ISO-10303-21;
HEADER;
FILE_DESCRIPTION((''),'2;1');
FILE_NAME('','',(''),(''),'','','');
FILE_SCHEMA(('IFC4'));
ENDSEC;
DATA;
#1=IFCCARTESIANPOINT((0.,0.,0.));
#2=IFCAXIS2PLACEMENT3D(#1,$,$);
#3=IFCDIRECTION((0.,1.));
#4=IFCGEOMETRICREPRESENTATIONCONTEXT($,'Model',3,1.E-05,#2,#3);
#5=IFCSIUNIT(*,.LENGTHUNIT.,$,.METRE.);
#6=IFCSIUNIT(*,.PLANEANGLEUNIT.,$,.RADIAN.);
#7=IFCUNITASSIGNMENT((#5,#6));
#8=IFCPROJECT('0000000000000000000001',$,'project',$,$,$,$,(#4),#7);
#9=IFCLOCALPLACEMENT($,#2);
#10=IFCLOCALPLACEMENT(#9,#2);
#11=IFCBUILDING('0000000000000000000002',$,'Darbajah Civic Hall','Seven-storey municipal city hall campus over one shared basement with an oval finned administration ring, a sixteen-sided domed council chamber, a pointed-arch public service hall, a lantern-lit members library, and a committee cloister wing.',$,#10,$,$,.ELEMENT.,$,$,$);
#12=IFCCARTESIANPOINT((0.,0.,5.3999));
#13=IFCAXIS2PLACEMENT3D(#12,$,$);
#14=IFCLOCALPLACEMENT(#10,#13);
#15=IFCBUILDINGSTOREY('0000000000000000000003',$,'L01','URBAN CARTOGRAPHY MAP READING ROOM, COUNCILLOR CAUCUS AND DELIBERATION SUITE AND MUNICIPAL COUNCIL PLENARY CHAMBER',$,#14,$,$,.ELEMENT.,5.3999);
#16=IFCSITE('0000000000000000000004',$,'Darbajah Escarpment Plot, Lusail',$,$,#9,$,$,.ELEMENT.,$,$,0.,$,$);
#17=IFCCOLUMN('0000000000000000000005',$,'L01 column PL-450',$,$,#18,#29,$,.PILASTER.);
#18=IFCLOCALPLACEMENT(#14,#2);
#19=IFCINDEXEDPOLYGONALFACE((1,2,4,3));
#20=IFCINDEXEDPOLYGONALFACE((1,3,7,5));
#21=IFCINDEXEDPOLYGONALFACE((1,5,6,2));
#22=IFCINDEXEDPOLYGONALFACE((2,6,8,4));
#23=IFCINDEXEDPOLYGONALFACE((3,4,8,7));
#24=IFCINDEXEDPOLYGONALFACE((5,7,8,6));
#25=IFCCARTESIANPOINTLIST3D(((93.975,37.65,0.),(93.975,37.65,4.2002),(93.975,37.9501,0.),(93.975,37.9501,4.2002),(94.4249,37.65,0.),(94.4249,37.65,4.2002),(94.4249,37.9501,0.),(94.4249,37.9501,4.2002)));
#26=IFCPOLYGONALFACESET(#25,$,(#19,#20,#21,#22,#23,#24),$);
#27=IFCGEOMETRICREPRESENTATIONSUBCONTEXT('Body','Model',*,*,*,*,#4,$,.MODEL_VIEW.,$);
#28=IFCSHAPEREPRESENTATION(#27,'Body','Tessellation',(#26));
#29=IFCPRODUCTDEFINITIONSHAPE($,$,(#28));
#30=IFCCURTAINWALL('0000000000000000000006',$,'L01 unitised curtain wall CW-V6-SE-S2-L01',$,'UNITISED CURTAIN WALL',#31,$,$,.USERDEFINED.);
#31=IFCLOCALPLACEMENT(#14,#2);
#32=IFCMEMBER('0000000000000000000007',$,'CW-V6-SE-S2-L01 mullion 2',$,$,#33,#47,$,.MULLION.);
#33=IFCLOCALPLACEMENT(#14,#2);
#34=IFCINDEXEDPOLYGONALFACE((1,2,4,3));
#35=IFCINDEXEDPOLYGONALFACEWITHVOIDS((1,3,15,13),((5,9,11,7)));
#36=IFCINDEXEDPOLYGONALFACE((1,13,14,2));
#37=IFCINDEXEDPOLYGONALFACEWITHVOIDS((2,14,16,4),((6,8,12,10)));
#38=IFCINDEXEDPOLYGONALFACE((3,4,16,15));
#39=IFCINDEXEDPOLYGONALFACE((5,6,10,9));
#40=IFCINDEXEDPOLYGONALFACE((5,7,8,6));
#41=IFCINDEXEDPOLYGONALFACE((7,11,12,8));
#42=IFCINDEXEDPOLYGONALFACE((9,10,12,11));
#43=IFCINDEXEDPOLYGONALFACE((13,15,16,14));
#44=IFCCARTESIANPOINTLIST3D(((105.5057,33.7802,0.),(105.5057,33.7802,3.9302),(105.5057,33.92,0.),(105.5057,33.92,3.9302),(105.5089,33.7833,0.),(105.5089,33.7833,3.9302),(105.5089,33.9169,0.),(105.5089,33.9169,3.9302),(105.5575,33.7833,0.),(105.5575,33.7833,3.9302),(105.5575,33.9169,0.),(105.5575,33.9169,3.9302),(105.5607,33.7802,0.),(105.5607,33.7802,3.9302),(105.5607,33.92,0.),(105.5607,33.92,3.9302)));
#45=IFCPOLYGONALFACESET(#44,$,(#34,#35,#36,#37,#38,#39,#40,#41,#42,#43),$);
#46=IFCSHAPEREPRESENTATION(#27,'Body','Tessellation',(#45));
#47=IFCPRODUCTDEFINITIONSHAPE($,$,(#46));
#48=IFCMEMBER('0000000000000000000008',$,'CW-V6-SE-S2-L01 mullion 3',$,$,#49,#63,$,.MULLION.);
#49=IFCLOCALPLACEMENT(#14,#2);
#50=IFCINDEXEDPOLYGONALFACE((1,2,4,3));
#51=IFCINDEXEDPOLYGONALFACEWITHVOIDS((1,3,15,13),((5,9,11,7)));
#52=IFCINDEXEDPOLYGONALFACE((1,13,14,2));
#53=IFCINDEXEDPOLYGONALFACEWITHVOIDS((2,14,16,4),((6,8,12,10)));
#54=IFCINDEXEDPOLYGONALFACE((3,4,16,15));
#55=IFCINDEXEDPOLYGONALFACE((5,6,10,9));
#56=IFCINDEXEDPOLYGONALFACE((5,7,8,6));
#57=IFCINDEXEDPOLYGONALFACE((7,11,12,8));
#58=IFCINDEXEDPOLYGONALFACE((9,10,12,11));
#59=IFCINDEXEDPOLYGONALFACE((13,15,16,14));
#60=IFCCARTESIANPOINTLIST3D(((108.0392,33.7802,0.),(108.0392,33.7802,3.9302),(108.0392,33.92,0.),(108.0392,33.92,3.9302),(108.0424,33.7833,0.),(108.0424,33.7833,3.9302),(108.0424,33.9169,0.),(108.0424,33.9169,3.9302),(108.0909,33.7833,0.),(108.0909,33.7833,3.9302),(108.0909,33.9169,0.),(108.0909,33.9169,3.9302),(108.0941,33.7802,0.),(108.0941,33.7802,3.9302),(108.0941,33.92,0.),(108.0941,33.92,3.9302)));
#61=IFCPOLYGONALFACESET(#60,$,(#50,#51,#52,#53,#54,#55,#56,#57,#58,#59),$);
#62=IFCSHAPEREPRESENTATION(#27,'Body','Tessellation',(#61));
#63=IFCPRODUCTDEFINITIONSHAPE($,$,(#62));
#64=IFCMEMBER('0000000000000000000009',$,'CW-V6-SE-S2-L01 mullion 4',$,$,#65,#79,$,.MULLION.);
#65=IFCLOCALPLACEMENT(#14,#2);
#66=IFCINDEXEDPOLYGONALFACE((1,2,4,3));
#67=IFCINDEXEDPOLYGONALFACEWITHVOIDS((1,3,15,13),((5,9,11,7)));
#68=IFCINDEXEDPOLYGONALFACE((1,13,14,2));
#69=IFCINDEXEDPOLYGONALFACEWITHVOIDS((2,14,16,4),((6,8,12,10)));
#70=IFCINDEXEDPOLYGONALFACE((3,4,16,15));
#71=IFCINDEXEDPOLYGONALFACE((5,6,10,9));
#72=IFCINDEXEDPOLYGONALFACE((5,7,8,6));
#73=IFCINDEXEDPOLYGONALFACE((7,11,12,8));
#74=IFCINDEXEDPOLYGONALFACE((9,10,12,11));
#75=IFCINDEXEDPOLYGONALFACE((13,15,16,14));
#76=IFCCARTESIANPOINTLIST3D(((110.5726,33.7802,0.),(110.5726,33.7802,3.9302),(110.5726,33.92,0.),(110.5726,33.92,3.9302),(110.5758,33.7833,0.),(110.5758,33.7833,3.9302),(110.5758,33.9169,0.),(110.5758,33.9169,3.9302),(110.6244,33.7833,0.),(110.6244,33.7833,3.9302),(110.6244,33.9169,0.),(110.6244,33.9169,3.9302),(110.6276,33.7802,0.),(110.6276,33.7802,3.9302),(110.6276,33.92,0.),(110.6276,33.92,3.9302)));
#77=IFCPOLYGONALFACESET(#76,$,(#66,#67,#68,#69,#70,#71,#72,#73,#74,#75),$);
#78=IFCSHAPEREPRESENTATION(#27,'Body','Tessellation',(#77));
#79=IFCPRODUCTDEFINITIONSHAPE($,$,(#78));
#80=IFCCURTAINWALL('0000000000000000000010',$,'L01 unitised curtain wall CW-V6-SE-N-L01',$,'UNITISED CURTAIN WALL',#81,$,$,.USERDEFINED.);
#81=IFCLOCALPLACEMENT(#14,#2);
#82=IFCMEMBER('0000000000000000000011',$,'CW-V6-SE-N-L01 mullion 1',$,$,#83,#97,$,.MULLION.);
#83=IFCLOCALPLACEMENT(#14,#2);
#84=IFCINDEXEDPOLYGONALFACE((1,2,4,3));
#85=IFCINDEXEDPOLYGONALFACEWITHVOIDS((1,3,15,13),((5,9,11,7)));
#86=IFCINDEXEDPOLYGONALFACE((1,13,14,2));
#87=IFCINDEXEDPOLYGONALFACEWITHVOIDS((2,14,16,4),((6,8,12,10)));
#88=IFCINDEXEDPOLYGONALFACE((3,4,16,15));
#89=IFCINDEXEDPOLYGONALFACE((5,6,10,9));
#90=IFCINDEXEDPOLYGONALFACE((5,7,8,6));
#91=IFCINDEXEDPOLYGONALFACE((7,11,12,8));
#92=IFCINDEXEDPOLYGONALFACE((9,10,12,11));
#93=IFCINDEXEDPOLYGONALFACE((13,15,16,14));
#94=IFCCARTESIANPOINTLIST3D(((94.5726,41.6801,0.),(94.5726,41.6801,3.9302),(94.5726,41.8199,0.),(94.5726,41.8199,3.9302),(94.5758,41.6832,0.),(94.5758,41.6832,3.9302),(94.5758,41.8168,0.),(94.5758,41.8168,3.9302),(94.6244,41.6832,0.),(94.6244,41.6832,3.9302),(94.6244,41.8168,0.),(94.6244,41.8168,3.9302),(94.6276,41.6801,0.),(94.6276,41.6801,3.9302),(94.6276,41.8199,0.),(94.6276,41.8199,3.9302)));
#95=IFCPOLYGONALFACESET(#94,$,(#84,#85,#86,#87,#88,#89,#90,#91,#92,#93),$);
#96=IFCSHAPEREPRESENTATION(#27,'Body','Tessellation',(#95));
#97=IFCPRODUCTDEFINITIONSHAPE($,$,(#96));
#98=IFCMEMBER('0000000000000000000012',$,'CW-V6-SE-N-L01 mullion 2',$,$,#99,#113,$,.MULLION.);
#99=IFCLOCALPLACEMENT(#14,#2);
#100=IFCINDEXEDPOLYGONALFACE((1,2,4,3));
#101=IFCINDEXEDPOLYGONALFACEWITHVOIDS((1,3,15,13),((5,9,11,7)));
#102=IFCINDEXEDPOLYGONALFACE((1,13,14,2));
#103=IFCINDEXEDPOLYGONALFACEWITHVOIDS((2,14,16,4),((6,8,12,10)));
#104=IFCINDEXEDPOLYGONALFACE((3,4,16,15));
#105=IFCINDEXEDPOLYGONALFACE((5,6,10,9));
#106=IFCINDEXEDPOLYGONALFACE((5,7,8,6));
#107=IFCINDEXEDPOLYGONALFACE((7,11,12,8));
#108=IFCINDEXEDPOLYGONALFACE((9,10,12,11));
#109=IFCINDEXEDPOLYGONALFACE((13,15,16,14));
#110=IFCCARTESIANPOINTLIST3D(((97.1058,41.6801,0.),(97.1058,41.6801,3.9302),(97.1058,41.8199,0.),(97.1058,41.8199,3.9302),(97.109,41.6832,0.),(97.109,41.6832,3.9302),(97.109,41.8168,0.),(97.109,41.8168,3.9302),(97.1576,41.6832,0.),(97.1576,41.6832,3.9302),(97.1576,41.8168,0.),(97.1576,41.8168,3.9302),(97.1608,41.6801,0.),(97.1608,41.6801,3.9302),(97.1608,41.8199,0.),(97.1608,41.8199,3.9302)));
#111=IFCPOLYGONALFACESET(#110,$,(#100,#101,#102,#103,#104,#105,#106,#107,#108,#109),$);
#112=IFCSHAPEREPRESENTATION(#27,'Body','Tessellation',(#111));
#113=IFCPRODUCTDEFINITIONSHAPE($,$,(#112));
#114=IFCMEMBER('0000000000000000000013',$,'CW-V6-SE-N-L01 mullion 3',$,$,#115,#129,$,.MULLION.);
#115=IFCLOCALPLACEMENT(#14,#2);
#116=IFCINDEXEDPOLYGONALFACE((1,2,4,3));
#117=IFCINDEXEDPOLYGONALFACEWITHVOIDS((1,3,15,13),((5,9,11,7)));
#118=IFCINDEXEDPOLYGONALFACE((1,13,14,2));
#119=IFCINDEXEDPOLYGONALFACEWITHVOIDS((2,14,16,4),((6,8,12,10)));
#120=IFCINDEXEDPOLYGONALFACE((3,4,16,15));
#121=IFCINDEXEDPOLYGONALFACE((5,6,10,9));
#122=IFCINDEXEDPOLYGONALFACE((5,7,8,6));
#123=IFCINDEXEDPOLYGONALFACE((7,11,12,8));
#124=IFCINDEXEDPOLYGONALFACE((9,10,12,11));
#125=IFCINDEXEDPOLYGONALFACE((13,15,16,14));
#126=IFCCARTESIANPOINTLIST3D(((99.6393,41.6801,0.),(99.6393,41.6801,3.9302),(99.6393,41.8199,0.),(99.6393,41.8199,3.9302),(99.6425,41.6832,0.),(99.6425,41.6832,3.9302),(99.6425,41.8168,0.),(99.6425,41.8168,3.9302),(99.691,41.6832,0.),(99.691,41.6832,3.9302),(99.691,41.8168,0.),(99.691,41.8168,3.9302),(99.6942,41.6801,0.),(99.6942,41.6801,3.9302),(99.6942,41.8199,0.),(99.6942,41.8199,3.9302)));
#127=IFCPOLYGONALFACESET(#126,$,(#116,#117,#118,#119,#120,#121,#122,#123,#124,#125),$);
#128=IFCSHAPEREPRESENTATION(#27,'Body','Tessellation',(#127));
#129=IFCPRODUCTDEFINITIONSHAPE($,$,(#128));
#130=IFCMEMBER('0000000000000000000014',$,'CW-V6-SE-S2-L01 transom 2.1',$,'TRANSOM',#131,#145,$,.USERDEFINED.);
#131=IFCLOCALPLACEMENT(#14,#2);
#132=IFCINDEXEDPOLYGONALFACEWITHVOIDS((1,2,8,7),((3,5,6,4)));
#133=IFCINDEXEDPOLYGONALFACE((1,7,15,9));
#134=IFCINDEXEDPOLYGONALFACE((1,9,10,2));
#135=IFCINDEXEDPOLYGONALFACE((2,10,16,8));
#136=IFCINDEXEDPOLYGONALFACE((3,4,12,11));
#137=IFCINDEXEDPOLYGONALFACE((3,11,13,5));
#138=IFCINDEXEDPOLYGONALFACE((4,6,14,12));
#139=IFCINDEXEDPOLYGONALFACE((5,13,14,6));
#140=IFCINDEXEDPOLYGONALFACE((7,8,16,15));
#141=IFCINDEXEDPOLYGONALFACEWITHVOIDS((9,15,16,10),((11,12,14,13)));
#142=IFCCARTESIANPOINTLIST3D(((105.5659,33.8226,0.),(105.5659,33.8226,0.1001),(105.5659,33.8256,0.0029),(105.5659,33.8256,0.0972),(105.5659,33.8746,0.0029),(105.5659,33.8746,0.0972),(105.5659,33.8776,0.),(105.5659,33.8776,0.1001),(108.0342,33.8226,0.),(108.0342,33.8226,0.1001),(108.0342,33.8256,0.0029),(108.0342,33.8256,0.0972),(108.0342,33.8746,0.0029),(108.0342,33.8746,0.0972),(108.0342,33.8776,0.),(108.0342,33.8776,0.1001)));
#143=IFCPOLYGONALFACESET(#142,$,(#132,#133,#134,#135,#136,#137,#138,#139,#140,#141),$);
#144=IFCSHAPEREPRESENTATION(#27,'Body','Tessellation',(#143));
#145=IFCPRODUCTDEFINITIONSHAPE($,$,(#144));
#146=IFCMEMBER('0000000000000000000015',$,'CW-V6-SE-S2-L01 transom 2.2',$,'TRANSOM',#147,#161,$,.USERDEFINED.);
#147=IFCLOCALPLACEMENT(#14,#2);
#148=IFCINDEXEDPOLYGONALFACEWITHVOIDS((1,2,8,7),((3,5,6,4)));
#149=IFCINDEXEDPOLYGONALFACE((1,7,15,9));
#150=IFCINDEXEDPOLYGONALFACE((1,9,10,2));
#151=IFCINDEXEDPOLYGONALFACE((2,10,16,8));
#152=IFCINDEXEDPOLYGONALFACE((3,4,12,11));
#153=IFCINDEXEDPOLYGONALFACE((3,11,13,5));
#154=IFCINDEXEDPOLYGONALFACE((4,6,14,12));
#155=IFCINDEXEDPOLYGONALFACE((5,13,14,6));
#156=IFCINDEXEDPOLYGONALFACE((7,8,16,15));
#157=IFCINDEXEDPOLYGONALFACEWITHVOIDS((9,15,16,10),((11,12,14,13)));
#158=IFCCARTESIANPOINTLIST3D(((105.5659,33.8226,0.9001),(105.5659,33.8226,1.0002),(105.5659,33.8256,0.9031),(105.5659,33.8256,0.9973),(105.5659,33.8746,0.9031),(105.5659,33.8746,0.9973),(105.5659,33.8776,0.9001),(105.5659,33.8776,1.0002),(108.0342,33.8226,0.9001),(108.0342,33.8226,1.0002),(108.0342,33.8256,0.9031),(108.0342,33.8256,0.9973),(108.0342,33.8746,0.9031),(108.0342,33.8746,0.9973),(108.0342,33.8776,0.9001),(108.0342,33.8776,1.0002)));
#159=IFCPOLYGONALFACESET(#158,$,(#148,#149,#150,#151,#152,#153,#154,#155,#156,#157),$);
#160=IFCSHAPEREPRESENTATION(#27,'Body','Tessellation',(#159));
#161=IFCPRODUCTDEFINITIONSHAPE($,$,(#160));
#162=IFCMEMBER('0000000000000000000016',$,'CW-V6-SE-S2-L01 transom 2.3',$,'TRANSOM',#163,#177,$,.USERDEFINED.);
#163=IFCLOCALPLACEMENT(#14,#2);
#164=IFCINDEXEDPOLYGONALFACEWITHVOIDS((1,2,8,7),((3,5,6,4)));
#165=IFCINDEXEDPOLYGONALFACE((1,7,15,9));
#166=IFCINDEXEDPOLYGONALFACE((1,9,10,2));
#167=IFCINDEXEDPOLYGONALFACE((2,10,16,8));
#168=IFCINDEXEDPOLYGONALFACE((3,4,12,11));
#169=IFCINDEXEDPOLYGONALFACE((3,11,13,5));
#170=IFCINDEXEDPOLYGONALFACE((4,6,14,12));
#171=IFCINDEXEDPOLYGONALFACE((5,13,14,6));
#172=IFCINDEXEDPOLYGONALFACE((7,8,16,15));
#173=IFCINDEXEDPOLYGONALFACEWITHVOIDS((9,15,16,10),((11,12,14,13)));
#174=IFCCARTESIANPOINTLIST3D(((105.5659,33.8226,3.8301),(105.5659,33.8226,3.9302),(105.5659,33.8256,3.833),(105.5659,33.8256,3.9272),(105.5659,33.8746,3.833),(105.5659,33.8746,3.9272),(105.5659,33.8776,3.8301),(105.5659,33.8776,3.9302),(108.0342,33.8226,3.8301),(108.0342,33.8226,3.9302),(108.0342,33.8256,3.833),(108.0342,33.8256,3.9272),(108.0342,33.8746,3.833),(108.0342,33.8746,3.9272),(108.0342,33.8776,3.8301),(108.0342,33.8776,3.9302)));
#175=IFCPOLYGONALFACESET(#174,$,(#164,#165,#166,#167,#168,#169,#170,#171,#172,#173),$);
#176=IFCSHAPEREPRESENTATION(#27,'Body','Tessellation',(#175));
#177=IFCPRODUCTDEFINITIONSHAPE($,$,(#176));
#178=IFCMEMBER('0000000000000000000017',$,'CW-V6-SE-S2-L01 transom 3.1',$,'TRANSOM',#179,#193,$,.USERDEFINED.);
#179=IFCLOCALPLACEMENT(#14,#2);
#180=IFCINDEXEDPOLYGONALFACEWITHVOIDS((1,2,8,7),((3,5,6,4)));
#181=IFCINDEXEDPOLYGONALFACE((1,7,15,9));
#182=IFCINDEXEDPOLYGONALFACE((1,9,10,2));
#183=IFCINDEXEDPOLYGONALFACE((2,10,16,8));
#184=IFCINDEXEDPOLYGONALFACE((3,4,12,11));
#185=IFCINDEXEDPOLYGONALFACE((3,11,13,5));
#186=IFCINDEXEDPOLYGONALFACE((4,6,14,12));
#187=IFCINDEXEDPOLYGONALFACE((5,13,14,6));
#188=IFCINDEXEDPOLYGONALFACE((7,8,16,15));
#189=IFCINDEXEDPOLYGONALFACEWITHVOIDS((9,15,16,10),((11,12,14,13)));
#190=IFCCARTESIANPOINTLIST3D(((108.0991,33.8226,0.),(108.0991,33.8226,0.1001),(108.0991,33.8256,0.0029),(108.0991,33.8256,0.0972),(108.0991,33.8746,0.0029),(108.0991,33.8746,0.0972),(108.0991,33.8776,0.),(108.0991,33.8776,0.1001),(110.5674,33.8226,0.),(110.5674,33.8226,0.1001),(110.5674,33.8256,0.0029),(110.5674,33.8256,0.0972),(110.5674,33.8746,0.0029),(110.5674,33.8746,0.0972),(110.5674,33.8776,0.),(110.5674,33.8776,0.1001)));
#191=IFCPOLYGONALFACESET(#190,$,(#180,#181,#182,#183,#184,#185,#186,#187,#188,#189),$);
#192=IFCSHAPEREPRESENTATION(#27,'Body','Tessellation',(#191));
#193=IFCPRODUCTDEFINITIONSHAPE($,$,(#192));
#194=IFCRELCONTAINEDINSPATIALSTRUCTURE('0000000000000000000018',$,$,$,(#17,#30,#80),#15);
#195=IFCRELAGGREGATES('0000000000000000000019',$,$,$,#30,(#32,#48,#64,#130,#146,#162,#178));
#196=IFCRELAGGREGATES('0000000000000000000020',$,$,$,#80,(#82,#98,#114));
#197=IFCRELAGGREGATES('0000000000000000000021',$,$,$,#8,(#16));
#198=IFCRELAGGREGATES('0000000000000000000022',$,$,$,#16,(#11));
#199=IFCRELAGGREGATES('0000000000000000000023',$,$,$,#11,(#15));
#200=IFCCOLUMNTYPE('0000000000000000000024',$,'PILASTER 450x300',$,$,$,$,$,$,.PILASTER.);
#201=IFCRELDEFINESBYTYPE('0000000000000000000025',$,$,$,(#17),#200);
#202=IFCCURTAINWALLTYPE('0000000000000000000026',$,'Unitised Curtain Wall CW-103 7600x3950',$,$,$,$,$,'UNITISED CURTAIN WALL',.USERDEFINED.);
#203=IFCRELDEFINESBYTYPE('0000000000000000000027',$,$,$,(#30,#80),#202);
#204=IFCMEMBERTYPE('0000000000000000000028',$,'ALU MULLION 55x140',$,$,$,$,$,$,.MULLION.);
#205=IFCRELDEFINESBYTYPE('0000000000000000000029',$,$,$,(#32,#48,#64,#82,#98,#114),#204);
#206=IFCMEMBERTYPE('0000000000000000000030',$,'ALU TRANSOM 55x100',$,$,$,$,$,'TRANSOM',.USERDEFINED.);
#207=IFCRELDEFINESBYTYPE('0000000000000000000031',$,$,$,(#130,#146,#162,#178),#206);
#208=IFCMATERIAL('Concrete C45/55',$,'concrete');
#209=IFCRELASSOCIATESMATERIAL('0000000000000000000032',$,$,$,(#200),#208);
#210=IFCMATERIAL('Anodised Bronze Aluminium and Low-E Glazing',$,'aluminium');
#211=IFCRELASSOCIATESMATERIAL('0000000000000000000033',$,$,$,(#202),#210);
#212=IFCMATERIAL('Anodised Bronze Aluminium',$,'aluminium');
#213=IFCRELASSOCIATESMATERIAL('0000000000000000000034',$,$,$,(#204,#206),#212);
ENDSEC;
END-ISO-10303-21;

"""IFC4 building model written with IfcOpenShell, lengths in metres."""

from ifc_helpers import new_model, si_unit, direction, frame, origin, origin_2d, place, context, subcontext, project, spatial, rectangle, hollow_rectangle, extrude, material, material_profile, profile_set, type_object, element, aggregate, save


model = new_model("IFC4")

# Units and contexts
model_context = context("Model", 3, precision=1e-05, world=origin(), true_north=direction((0.0, 1.0)))
body_context = subcontext(model_context, "Body", "Model", "MODEL_VIEW")
ifc_project = project(units=[si_unit("LENGTHUNIT", "METRE"), si_unit("PLANEANGLEUNIT", "RADIAN")], contexts=[model_context])

# Site, building, storey
site_placement = place(None, origin())
site = spatial("IfcSite", under=ifc_project, at=site_placement, Name="Darbajah Escarpment Plot, Lusail", CompositionType="ELEMENT", RefElevation=0.0)
building_placement = place(site_placement, origin())
building = spatial("IfcBuilding", under=site, at=building_placement, Name="Darbajah Civic Hall", Description="Seven-storey municipal city hall campus over one shared basement with an oval finned administration ring, a sixteen-sided domed council chamber, a pointed-arch public service hall, a lantern-lit members library, and a committee cloister wing.", CompositionType="ELEMENT")
storey_placement = place(building_placement, frame((0.0, 0.0, 5.3999)))
storey = spatial("IfcBuildingStorey", under=building, at=storey_placement, Name="L01", Description="URBAN CARTOGRAPHY MAP READING ROOM, COUNCILLOR CAUCUS AND DELIBERATION SUITE AND MUNICIPAL COUNCIL PLENARY CHAMBER", CompositionType="ELEMENT", Elevation=5.3999)

# Column
ifc_material_1 = material(Name="Concrete C45/55", Category="concrete")
ifc_material_profile_1 = material_profile(ifc_material_1, rectangle(XDim=0.45, YDim=0.3, at=origin_2d()), Name="PILASTER 450x300")
ifc_profile_set_1 = profile_set([ifc_material_profile_1], Name="Concrete C45/55")
column_type = type_object("IfcColumnType", Name="PILASTER 450x300", PredefinedType="PILASTER", material=ifc_profile_set_1)
column_placement = place(storey_placement, frame((94.2, 37.8, 0.0), z_axis=(0.0, 0.0, 1.0), x_axis=(1.0, 0.0, 0.0)))
element("IfcColumn", 1, at=column_placement, inside=storey, type_object=column_type, Name="L01 column PL-450", PredefinedType="PILASTER", context=body_context, shape_type="SweptSolid", body=[
    extrude(rectangle(XDim=0.45, YDim=0.3, at=origin_2d()), origin(), (0.0, 0.0, 1.0), 4.2002),
])

# Curtain walls, members
ifc_material_2 = material(Name="Anodised Bronze Aluminium and Low-E Glazing", Category="aluminium")
curtain_wall_type = type_object("IfcCurtainWallType", Name="Unitised Curtain Wall CW-103 7600x3950", ElementType="UNITISED CURTAIN WALL", PredefinedType="USERDEFINED", material=ifc_material_2)
curtain_wall_1_placement = place(storey_placement, origin())
curtain_wall_1 = element("IfcCurtainWall", 2, at=curtain_wall_1_placement, inside=storey, type_object=curtain_wall_type, Name="L01 unitised curtain wall CW-V6-SE-S2-L01", ObjectType="UNITISED CURTAIN WALL", PredefinedType="USERDEFINED")
ifc_material_3 = material(Name="Anodised Bronze Aluminium", Category="aluminium")
ifc_material_profile_2 = material_profile(ifc_material_3, hollow_rectangle(XDim=0.0549, YDim=0.1399, WallThickness=0.0032, at=origin_2d()), Name="ALU MULLION 55x140")
ifc_profile_set_2 = profile_set([ifc_material_profile_2], Name="Anodised Bronze Aluminium")
member_type_1 = type_object("IfcMemberType", Name="ALU MULLION 55x140", PredefinedType="MULLION", material=ifc_profile_set_2)
member_1_placement = place(storey_placement, frame((105.5332, 33.8501, 0.0), z_axis=(0.0, 0.0, 1.0), x_axis=(1.0, 0.0, 0.0)))
member_1 = element("IfcMember", 3, at=member_1_placement, type_object=member_type_1, Name="CW-V6-SE-S2-L01 mullion 2", PredefinedType="MULLION", context=body_context, shape_type="SweptSolid", body=[
    extrude(hollow_rectangle(XDim=0.0549, YDim=0.1399, WallThickness=0.0032, at=origin_2d()), origin(), (0.0, 0.0, 1.0), 3.9302),
])
member_2_placement = place(storey_placement, frame((108.0667, 33.8501, 0.0), z_axis=(0.0, 0.0, 1.0), x_axis=(1.0, 0.0, 0.0)))
member_2 = element("IfcMember", 4, at=member_2_placement, type_object=member_type_1, Name="CW-V6-SE-S2-L01 mullion 3", PredefinedType="MULLION", context=body_context, shape_type="SweptSolid", body=[
    extrude(hollow_rectangle(XDim=0.0549, YDim=0.1399, WallThickness=0.0032, at=origin_2d()), origin(), (0.0, 0.0, 1.0), 3.9302),
])
member_3_placement = place(storey_placement, frame((110.6001, 33.8501, 0.0), z_axis=(0.0, 0.0, 1.0), x_axis=(1.0, 0.0, 0.0)))
member_3 = element("IfcMember", 5, at=member_3_placement, type_object=member_type_1, Name="CW-V6-SE-S2-L01 mullion 4", PredefinedType="MULLION", context=body_context, shape_type="SweptSolid", body=[
    extrude(hollow_rectangle(XDim=0.0549, YDim=0.1399, WallThickness=0.0032, at=origin_2d()), origin(), (0.0, 0.0, 1.0), 3.9302),
])
curtain_wall_2_placement = place(storey_placement, origin())
curtain_wall_2 = element("IfcCurtainWall", 6, at=curtain_wall_2_placement, inside=storey, type_object=curtain_wall_type, Name="L01 unitised curtain wall CW-V6-SE-N-L01", ObjectType="UNITISED CURTAIN WALL", PredefinedType="USERDEFINED")
member_4_placement = place(storey_placement, frame((94.6001, 41.75, 0.0), z_axis=(0.0, 0.0, 1.0), x_axis=(1.0, 0.0, 0.0)))
member_4 = element("IfcMember", 7, at=member_4_placement, type_object=member_type_1, Name="CW-V6-SE-N-L01 mullion 1", PredefinedType="MULLION", context=body_context, shape_type="SweptSolid", body=[
    extrude(hollow_rectangle(XDim=0.0549, YDim=0.1399, WallThickness=0.0032, at=origin_2d()), origin(), (0.0, 0.0, 1.0), 3.9302),
])
member_5_placement = place(storey_placement, frame((97.1333, 41.75, 0.0), z_axis=(0.0, 0.0, 1.0), x_axis=(1.0, 0.0, 0.0)))
member_5 = element("IfcMember", 8, at=member_5_placement, type_object=member_type_1, Name="CW-V6-SE-N-L01 mullion 2", PredefinedType="MULLION", context=body_context, shape_type="SweptSolid", body=[
    extrude(hollow_rectangle(XDim=0.0549, YDim=0.1399, WallThickness=0.0032, at=origin_2d()), origin(), (0.0, 0.0, 1.0), 3.9302),
])
member_6_placement = place(storey_placement, frame((99.6667, 41.75, 0.0), z_axis=(0.0, 0.0, 1.0), x_axis=(1.0, 0.0, 0.0)))
member_6 = element("IfcMember", 9, at=member_6_placement, type_object=member_type_1, Name="CW-V6-SE-N-L01 mullion 3", PredefinedType="MULLION", context=body_context, shape_type="SweptSolid", body=[
    extrude(hollow_rectangle(XDim=0.0549, YDim=0.1399, WallThickness=0.0032, at=origin_2d()), origin(), (0.0, 0.0, 1.0), 3.9302),
])

# Members
ifc_material_profile_3 = material_profile(ifc_material_3, hollow_rectangle(XDim=0.0549, YDim=0.1001, WallThickness=0.0029, at=origin_2d()), Name="ALU TRANSOM 55x100")
ifc_profile_set_3 = profile_set([ifc_material_profile_3], Name="Anodised Bronze Aluminium")
member_type_2 = type_object("IfcMemberType", Name="ALU TRANSOM 55x100", ElementType="TRANSOM", PredefinedType="USERDEFINED", material=ifc_profile_set_3)
member_7_placement = place(storey_placement, frame((105.5659, 33.8501, 0.05), z_axis=(1.0, 0.0, 0.0), x_axis=(0.0, 1.0, 0.0)))
member_7 = element("IfcMember", 10, at=member_7_placement, type_object=member_type_2, Name="CW-V6-SE-S2-L01 transom 2.1", ObjectType="TRANSOM", PredefinedType="USERDEFINED", context=body_context, shape_type="SweptSolid", body=[
    extrude(hollow_rectangle(XDim=0.0549, YDim=0.1001, WallThickness=0.0029, at=origin_2d()), origin(), (0.0, 0.0, 1.0), 2.4683),
])
member_8_placement = place(storey_placement, frame((105.5659, 33.8501, 0.9502), z_axis=(1.0, 0.0, 0.0), x_axis=(0.0, 1.0, 0.0)))
member_8 = element("IfcMember", 11, at=member_8_placement, type_object=member_type_2, Name="CW-V6-SE-S2-L01 transom 2.2", ObjectType="TRANSOM", PredefinedType="USERDEFINED", context=body_context, shape_type="SweptSolid", body=[
    extrude(hollow_rectangle(XDim=0.0549, YDim=0.1001, WallThickness=0.0029, at=origin_2d()), origin(), (0.0, 0.0, 1.0), 2.4683),
])
member_9_placement = place(storey_placement, frame((105.5659, 33.8501, 3.8801), z_axis=(1.0, 0.0, 0.0), x_axis=(0.0, 1.0, 0.0)))
member_9 = element("IfcMember", 12, at=member_9_placement, type_object=member_type_2, Name="CW-V6-SE-S2-L01 transom 2.3", ObjectType="TRANSOM", PredefinedType="USERDEFINED", context=body_context, shape_type="SweptSolid", body=[
    extrude(hollow_rectangle(XDim=0.0549, YDim=0.1001, WallThickness=0.0029, at=origin_2d()), origin(), (0.0, 0.0, 1.0), 2.4683),
])
member_10_placement = place(storey_placement, frame((108.0991, 33.8501, 0.05), z_axis=(1.0, 0.0, 0.0), x_axis=(0.0, 1.0, 0.0)))
member_10 = element("IfcMember", 13, at=member_10_placement, type_object=member_type_2, Name="CW-V6-SE-S2-L01 transom 3.1", ObjectType="TRANSOM", PredefinedType="USERDEFINED", context=body_context, shape_type="SweptSolid", body=[
    extrude(hollow_rectangle(XDim=0.0549, YDim=0.1001, WallThickness=0.0029, at=origin_2d()), origin(), (0.0, 0.0, 1.0), 2.4683),
])

aggregate(curtain_wall_1, [member_1, member_2, member_3, member_7, member_8, member_9, member_10])
aggregate(curtain_wall_2, [member_4, member_5, member_6])

save(model, "model.ifc")
